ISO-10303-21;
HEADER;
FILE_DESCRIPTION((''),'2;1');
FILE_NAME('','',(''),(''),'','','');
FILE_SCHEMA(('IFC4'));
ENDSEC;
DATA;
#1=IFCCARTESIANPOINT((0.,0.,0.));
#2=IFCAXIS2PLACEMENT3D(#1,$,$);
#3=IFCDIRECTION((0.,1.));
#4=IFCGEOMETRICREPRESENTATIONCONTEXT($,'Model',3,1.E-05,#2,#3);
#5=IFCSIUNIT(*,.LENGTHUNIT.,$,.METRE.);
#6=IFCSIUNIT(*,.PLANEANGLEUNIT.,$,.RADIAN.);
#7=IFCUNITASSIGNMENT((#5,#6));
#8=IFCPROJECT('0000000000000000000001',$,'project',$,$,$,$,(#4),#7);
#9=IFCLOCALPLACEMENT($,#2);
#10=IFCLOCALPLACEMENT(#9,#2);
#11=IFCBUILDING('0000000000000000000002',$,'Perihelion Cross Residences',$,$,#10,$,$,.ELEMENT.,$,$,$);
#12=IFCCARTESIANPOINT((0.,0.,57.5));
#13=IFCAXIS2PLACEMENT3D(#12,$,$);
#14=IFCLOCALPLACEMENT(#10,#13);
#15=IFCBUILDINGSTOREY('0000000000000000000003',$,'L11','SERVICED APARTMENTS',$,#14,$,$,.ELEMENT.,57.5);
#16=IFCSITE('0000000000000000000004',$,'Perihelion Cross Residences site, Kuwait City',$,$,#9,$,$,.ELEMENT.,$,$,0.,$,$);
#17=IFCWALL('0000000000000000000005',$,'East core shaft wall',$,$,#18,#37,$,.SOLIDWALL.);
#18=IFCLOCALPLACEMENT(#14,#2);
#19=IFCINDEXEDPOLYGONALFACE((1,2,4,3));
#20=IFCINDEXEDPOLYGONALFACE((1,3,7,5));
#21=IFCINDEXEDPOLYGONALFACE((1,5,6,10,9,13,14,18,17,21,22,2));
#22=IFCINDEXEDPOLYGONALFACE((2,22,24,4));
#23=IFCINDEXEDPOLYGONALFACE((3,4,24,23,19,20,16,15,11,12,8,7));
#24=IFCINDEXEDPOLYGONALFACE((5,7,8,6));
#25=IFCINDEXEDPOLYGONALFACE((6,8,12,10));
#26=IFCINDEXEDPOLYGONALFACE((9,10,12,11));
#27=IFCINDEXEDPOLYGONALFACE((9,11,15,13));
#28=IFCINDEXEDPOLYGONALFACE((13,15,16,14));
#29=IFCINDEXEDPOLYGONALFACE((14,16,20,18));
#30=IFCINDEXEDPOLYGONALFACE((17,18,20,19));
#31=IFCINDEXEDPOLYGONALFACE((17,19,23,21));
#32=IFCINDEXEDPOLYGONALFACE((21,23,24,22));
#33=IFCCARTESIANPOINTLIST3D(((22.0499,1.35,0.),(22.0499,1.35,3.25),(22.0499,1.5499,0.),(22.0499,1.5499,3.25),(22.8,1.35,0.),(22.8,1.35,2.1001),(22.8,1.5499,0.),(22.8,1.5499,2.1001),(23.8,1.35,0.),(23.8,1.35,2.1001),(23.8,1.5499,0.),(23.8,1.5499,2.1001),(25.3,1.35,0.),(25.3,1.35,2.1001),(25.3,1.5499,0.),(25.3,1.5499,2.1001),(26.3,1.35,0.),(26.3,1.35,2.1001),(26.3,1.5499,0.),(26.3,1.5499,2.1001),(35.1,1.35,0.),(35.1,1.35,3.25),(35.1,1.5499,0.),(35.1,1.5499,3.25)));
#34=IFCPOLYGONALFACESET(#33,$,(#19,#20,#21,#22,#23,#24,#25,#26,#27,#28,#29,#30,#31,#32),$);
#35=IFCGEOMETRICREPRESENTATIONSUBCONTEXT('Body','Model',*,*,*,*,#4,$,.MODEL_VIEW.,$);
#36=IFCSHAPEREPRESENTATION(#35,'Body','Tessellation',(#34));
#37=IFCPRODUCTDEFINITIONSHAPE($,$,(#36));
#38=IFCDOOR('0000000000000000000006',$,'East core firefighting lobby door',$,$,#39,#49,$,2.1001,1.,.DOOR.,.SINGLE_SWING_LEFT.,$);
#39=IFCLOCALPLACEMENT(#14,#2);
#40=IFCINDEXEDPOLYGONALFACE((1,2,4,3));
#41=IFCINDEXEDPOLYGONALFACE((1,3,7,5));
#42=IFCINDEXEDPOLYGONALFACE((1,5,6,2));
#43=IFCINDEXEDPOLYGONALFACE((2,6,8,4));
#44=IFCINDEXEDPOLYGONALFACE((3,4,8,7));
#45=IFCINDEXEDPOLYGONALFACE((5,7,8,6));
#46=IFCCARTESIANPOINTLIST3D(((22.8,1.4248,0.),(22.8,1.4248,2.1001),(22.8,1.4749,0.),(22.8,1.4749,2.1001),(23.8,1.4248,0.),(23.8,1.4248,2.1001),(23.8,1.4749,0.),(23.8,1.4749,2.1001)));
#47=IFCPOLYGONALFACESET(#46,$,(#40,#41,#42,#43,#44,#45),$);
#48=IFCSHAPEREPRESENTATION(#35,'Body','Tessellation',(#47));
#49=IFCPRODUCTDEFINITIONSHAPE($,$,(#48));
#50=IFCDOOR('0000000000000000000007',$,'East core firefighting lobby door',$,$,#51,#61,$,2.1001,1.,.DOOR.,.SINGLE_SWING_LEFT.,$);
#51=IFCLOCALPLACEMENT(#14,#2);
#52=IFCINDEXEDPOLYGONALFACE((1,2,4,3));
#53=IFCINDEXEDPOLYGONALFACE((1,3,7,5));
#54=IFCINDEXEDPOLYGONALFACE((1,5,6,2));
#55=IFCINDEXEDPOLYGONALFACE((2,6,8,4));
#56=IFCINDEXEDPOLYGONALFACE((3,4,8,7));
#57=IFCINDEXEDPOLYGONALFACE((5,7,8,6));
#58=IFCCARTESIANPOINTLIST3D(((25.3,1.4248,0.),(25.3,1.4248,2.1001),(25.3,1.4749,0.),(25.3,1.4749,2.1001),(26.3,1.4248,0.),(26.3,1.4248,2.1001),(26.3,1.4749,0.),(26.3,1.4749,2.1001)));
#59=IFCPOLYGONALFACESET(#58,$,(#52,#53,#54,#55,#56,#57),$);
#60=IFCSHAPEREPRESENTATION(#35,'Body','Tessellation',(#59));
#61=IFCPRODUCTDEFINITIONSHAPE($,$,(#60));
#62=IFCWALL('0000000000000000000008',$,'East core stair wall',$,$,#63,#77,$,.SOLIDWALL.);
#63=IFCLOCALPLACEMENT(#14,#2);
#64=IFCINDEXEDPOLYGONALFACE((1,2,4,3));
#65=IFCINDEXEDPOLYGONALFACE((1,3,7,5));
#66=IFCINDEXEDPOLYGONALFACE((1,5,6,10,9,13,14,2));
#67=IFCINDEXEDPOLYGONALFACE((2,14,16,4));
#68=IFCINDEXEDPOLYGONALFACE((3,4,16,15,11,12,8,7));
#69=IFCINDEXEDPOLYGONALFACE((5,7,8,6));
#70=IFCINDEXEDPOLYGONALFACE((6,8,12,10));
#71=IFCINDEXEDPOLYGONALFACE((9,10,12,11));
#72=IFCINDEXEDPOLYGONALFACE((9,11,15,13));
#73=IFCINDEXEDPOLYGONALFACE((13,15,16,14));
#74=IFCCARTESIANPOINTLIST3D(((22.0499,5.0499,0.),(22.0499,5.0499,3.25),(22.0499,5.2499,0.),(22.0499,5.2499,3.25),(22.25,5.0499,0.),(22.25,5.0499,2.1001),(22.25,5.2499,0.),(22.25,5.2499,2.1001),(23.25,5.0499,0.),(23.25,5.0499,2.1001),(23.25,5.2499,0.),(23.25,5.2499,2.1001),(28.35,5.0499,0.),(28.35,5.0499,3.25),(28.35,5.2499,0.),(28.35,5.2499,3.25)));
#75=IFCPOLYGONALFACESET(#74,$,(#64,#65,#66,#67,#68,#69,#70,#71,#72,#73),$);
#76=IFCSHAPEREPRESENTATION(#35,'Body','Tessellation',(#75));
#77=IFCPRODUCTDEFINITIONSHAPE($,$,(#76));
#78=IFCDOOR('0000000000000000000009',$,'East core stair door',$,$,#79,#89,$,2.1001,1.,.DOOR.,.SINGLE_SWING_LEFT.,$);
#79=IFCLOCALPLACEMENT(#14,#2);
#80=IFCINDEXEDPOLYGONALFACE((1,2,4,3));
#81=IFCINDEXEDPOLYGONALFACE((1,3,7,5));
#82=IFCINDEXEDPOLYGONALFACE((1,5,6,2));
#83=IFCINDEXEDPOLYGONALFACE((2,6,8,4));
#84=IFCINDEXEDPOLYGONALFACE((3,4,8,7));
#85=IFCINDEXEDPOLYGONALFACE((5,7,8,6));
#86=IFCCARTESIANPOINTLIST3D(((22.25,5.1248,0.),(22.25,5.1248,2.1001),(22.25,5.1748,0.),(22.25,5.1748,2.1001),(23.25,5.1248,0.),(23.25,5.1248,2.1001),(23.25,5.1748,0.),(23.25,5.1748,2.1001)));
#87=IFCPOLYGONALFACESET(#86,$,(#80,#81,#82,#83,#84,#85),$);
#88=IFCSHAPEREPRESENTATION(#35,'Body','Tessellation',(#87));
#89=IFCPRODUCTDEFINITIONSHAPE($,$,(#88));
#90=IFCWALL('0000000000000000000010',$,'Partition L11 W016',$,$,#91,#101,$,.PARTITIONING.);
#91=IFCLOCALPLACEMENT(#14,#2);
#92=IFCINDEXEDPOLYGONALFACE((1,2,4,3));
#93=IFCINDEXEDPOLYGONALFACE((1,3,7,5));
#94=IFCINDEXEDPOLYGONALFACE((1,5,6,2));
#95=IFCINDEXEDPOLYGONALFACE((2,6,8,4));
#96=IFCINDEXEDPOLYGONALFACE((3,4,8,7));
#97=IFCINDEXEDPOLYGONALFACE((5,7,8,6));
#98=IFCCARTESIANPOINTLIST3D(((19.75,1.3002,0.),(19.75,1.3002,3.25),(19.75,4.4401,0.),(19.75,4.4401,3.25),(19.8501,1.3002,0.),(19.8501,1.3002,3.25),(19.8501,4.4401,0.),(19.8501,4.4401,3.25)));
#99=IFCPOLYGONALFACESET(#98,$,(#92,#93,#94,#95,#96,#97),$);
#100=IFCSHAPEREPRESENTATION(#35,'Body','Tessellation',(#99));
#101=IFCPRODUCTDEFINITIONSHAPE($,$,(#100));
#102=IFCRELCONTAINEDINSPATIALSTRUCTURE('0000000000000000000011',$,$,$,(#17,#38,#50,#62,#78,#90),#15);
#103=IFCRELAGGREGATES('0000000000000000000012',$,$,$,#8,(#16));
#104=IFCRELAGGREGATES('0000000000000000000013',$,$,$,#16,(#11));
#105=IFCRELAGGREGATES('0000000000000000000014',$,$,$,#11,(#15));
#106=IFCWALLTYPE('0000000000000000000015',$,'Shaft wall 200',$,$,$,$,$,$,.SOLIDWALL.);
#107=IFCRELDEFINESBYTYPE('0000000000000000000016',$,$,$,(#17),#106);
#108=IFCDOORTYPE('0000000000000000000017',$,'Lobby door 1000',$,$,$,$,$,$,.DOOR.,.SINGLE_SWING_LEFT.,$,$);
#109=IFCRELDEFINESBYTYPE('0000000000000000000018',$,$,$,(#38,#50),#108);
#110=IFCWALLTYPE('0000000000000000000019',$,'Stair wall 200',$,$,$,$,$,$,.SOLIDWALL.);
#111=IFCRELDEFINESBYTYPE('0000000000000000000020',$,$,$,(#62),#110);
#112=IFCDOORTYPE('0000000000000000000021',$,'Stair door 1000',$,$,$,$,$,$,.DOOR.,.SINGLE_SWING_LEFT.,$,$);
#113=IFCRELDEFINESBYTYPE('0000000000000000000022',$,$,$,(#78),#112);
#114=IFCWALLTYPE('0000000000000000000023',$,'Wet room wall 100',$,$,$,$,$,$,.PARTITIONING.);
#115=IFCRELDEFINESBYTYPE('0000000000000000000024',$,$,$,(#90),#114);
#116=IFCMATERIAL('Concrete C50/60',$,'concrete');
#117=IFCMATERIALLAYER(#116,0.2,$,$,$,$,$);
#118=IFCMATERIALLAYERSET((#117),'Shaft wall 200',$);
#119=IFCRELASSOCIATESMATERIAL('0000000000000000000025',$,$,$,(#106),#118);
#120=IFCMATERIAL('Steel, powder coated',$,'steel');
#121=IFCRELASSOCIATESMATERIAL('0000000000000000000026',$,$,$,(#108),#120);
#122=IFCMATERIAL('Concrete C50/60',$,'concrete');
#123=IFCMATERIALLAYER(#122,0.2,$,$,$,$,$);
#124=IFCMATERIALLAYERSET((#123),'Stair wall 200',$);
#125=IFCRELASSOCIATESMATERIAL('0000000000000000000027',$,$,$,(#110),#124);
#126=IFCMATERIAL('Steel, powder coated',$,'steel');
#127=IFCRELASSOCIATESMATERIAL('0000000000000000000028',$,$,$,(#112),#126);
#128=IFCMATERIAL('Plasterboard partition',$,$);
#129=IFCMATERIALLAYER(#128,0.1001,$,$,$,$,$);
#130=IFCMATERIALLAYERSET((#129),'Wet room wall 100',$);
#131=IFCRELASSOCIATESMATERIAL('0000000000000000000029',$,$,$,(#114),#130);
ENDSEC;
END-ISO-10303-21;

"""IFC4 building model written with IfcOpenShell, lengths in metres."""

from ifc_helpers import new_model, si_unit, direction, frame, frame_2d, origin, place, context, subcontext, project, spatial, rectangle, extrude, material, layer, layer_set, type_object, element, fill, save


model = new_model("IFC4")

# Units and contexts
model_context = context("Model", 3, precision=1e-05, world=origin(), true_north=direction((0.0, 1.0)))
body_context = subcontext(model_context, "Body", "Model", "MODEL_VIEW")
ifc_project = project(units=[si_unit("LENGTHUNIT", "METRE"), si_unit("PLANEANGLEUNIT", "RADIAN")], contexts=[model_context])

# Site, building, storey
site_placement = place(None, origin())
site = spatial("IfcSite", under=ifc_project, at=site_placement, Name="Perihelion Cross Residences site, Kuwait City", CompositionType="ELEMENT", RefElevation=0.0)
building_placement = place(site_placement, origin())
building = spatial("IfcBuilding", under=site, at=building_placement, Name="Perihelion Cross Residences", CompositionType="ELEMENT")
storey_placement = place(building_placement, frame((0.0, 0.0, 57.5)))
storey = spatial("IfcBuildingStorey", under=building, at=storey_placement, Name="L11", Description="SERVICED APARTMENTS", CompositionType="ELEMENT", Elevation=57.5)

# Wall, openings, doors
ifc_material_1 = material(Name="Concrete C50/60", Category="concrete")
ifc_layer_1 = layer(ifc_material_1, 0.2)
ifc_layer_set_1 = layer_set([ifc_layer_1], Name="Shaft wall 200")
wall_type_1 = type_object("IfcWallType", Name="Shaft wall 200", PredefinedType="SOLIDWALL", material=ifc_layer_set_1)
wall_1_placement = place(storey_placement, frame((22.05, 1.45, 0.0), z_axis=(0.0, 0.0, 1.0), x_axis=(1.0, 0.0, 0.0)))
wall_1 = element("IfcWall", 1, at=wall_1_placement, inside=storey, type_object=wall_type_1, Name="East core shaft wall", PredefinedType="SOLIDWALL", context=body_context, shape_type="SweptSolid", body=[
    extrude(rectangle(XDim=13.05, YDim=0.2, at=frame_2d((6.5249, 0.0))), origin(), (0.0, 0.0, 1.0), 3.25),
])
opening_1_placement = place(wall_1_placement, frame((0.75, 0.0, 0.0)))
opening_1 = element("IfcOpeningElement", 2, at=opening_1_placement, cuts=wall_1, PredefinedType="OPENING", context=body_context, shape_type="SweptSolid", body=[
    extrude(rectangle(XDim=1.0, YDim=2.1001, at=frame_2d((0.5, 1.05))), frame((0.0, 0.1099, 0.0), z_axis=(0.0, -1.0, 0.0), x_axis=(1.0, 0.0, 0.0)), (0.0, 0.0, 1.0), 0.22),
])
opening_2_placement = place(wall_1_placement, frame((3.25, 0.0, 0.0)))
opening_2 = element("IfcOpeningElement", 3, at=opening_2_placement, cuts=wall_1, PredefinedType="OPENING", context=body_context, shape_type="SweptSolid", body=[
    extrude(rectangle(XDim=1.0, YDim=2.1001, at=frame_2d((0.5, 1.05))), frame((0.0, 0.1099, 0.0), z_axis=(0.0, -1.0, 0.0), x_axis=(1.0, 0.0, 0.0)), (0.0, 0.0, 1.0), 0.22),
])
ifc_material_2 = material(Name="Steel, powder coated", Category="steel")
door_type_1 = type_object("IfcDoorType", Name="Lobby door 1000", OperationType="SINGLE_SWING_LEFT", PredefinedType="DOOR", material=ifc_material_2)
door_1_placement = place(opening_1_placement, origin())
door_1 = element("IfcDoor", 4, at=door_1_placement, inside=storey, type_object=door_type_1, Name="East core firefighting lobby door", OperationType="SINGLE_SWING_LEFT", OverallHeight=2.1001, OverallWidth=1.0, PredefinedType="DOOR", context=body_context, shape_type="SweptSolid", body=[
    extrude(rectangle(XDim=1.0, YDim=2.1001, at=frame_2d((0.5, 1.05))), frame((0.0, 0.0249, 0.0), z_axis=(0.0, -1.0, 0.0), x_axis=(1.0, 0.0, 0.0)), (0.0, 0.0, 1.0), 0.05),
])
fill(opening_1, door_1)
door_2_placement = place(opening_2_placement, origin())
door_2 = element("IfcDoor", 5, at=door_2_placement, inside=storey, type_object=door_type_1, Name="East core firefighting lobby door", OperationType="SINGLE_SWING_LEFT", OverallHeight=2.1001, OverallWidth=1.0, PredefinedType="DOOR", context=body_context, shape_type="SweptSolid", body=[
    extrude(rectangle(XDim=1.0, YDim=2.1001, at=frame_2d((0.5, 1.05))), frame((0.0, 0.0249, 0.0), z_axis=(0.0, -1.0, 0.0), x_axis=(1.0, 0.0, 0.0)), (0.0, 0.0, 1.0), 0.05),
])
fill(opening_2, door_2)

# Wall, opening, door
ifc_material_3 = material(Name="Concrete C50/60", Category="concrete")
ifc_layer_2 = layer(ifc_material_3, 0.2)
ifc_layer_set_2 = layer_set([ifc_layer_2], Name="Stair wall 200")
wall_type_2 = type_object("IfcWallType", Name="Stair wall 200", PredefinedType="SOLIDWALL", material=ifc_layer_set_2)
wall_2_placement = place(storey_placement, frame((22.05, 5.1499, 0.0), z_axis=(0.0, 0.0, 1.0), x_axis=(1.0, 0.0, 0.0)))
wall_2 = element("IfcWall", 6, at=wall_2_placement, inside=storey, type_object=wall_type_2, Name="East core stair wall", PredefinedType="SOLIDWALL", context=body_context, shape_type="SweptSolid", body=[
    extrude(rectangle(XDim=6.3, YDim=0.2, at=frame_2d((3.1499, 0.0))), origin(), (0.0, 0.0, 1.0), 3.25),
])
opening_3_placement = place(wall_2_placement, frame((0.2, 0.0, 0.0)))
opening_3 = element("IfcOpeningElement", 7, at=opening_3_placement, cuts=wall_2, PredefinedType="OPENING", context=body_context, shape_type="SweptSolid", body=[
    extrude(rectangle(XDim=1.0, YDim=2.1001, at=frame_2d((0.5, 1.05))), frame((0.0, 0.1099, 0.0), z_axis=(0.0, -1.0, 0.0), x_axis=(1.0, 0.0, 0.0)), (0.0, 0.0, 1.0), 0.22),
])
ifc_material_4 = material(Name="Steel, powder coated", Category="steel")
door_type_2 = type_object("IfcDoorType", Name="Stair door 1000", OperationType="SINGLE_SWING_LEFT", PredefinedType="DOOR", material=ifc_material_4)
door_3_placement = place(opening_3_placement, origin())
door_3 = element("IfcDoor", 8, at=door_3_placement, inside=storey, type_object=door_type_2, Name="East core stair door", OperationType="SINGLE_SWING_LEFT", OverallHeight=2.1001, OverallWidth=1.0, PredefinedType="DOOR", context=body_context, shape_type="SweptSolid", body=[
    extrude(rectangle(XDim=1.0, YDim=2.1001, at=frame_2d((0.5, 1.05))), frame((0.0, 0.0249, 0.0), z_axis=(0.0, -1.0, 0.0), x_axis=(1.0, 0.0, 0.0)), (0.0, 0.0, 1.0), 0.05),
])
fill(opening_3, door_3)

# Wall
ifc_material_5 = material(Name="Plasterboard partition")
ifc_layer_3 = layer(ifc_material_5, 0.1001)
ifc_layer_set_3 = layer_set([ifc_layer_3], Name="Wet room wall 100")
wall_type_3 = type_object("IfcWallType", Name="Wet room wall 100", PredefinedType="PARTITIONING", material=ifc_layer_set_3)
wall_3_placement = place(storey_placement, frame((19.8, 4.4399, 0.0), z_axis=(0.0, 0.0, 1.0), x_axis=(0.0, -1.0, 0.0)))
element("IfcWall", 9, at=wall_3_placement, inside=storey, type_object=wall_type_3, Name="Partition L11 W016", PredefinedType="PARTITIONING", context=body_context, shape_type="SweptSolid", body=[
    extrude(rectangle(XDim=3.1399, YDim=0.1001, at=frame_2d((1.5698, 0.0))), origin(), (0.0, 0.0, 1.0), 3.25),
])

save(model, "model.ifc")
